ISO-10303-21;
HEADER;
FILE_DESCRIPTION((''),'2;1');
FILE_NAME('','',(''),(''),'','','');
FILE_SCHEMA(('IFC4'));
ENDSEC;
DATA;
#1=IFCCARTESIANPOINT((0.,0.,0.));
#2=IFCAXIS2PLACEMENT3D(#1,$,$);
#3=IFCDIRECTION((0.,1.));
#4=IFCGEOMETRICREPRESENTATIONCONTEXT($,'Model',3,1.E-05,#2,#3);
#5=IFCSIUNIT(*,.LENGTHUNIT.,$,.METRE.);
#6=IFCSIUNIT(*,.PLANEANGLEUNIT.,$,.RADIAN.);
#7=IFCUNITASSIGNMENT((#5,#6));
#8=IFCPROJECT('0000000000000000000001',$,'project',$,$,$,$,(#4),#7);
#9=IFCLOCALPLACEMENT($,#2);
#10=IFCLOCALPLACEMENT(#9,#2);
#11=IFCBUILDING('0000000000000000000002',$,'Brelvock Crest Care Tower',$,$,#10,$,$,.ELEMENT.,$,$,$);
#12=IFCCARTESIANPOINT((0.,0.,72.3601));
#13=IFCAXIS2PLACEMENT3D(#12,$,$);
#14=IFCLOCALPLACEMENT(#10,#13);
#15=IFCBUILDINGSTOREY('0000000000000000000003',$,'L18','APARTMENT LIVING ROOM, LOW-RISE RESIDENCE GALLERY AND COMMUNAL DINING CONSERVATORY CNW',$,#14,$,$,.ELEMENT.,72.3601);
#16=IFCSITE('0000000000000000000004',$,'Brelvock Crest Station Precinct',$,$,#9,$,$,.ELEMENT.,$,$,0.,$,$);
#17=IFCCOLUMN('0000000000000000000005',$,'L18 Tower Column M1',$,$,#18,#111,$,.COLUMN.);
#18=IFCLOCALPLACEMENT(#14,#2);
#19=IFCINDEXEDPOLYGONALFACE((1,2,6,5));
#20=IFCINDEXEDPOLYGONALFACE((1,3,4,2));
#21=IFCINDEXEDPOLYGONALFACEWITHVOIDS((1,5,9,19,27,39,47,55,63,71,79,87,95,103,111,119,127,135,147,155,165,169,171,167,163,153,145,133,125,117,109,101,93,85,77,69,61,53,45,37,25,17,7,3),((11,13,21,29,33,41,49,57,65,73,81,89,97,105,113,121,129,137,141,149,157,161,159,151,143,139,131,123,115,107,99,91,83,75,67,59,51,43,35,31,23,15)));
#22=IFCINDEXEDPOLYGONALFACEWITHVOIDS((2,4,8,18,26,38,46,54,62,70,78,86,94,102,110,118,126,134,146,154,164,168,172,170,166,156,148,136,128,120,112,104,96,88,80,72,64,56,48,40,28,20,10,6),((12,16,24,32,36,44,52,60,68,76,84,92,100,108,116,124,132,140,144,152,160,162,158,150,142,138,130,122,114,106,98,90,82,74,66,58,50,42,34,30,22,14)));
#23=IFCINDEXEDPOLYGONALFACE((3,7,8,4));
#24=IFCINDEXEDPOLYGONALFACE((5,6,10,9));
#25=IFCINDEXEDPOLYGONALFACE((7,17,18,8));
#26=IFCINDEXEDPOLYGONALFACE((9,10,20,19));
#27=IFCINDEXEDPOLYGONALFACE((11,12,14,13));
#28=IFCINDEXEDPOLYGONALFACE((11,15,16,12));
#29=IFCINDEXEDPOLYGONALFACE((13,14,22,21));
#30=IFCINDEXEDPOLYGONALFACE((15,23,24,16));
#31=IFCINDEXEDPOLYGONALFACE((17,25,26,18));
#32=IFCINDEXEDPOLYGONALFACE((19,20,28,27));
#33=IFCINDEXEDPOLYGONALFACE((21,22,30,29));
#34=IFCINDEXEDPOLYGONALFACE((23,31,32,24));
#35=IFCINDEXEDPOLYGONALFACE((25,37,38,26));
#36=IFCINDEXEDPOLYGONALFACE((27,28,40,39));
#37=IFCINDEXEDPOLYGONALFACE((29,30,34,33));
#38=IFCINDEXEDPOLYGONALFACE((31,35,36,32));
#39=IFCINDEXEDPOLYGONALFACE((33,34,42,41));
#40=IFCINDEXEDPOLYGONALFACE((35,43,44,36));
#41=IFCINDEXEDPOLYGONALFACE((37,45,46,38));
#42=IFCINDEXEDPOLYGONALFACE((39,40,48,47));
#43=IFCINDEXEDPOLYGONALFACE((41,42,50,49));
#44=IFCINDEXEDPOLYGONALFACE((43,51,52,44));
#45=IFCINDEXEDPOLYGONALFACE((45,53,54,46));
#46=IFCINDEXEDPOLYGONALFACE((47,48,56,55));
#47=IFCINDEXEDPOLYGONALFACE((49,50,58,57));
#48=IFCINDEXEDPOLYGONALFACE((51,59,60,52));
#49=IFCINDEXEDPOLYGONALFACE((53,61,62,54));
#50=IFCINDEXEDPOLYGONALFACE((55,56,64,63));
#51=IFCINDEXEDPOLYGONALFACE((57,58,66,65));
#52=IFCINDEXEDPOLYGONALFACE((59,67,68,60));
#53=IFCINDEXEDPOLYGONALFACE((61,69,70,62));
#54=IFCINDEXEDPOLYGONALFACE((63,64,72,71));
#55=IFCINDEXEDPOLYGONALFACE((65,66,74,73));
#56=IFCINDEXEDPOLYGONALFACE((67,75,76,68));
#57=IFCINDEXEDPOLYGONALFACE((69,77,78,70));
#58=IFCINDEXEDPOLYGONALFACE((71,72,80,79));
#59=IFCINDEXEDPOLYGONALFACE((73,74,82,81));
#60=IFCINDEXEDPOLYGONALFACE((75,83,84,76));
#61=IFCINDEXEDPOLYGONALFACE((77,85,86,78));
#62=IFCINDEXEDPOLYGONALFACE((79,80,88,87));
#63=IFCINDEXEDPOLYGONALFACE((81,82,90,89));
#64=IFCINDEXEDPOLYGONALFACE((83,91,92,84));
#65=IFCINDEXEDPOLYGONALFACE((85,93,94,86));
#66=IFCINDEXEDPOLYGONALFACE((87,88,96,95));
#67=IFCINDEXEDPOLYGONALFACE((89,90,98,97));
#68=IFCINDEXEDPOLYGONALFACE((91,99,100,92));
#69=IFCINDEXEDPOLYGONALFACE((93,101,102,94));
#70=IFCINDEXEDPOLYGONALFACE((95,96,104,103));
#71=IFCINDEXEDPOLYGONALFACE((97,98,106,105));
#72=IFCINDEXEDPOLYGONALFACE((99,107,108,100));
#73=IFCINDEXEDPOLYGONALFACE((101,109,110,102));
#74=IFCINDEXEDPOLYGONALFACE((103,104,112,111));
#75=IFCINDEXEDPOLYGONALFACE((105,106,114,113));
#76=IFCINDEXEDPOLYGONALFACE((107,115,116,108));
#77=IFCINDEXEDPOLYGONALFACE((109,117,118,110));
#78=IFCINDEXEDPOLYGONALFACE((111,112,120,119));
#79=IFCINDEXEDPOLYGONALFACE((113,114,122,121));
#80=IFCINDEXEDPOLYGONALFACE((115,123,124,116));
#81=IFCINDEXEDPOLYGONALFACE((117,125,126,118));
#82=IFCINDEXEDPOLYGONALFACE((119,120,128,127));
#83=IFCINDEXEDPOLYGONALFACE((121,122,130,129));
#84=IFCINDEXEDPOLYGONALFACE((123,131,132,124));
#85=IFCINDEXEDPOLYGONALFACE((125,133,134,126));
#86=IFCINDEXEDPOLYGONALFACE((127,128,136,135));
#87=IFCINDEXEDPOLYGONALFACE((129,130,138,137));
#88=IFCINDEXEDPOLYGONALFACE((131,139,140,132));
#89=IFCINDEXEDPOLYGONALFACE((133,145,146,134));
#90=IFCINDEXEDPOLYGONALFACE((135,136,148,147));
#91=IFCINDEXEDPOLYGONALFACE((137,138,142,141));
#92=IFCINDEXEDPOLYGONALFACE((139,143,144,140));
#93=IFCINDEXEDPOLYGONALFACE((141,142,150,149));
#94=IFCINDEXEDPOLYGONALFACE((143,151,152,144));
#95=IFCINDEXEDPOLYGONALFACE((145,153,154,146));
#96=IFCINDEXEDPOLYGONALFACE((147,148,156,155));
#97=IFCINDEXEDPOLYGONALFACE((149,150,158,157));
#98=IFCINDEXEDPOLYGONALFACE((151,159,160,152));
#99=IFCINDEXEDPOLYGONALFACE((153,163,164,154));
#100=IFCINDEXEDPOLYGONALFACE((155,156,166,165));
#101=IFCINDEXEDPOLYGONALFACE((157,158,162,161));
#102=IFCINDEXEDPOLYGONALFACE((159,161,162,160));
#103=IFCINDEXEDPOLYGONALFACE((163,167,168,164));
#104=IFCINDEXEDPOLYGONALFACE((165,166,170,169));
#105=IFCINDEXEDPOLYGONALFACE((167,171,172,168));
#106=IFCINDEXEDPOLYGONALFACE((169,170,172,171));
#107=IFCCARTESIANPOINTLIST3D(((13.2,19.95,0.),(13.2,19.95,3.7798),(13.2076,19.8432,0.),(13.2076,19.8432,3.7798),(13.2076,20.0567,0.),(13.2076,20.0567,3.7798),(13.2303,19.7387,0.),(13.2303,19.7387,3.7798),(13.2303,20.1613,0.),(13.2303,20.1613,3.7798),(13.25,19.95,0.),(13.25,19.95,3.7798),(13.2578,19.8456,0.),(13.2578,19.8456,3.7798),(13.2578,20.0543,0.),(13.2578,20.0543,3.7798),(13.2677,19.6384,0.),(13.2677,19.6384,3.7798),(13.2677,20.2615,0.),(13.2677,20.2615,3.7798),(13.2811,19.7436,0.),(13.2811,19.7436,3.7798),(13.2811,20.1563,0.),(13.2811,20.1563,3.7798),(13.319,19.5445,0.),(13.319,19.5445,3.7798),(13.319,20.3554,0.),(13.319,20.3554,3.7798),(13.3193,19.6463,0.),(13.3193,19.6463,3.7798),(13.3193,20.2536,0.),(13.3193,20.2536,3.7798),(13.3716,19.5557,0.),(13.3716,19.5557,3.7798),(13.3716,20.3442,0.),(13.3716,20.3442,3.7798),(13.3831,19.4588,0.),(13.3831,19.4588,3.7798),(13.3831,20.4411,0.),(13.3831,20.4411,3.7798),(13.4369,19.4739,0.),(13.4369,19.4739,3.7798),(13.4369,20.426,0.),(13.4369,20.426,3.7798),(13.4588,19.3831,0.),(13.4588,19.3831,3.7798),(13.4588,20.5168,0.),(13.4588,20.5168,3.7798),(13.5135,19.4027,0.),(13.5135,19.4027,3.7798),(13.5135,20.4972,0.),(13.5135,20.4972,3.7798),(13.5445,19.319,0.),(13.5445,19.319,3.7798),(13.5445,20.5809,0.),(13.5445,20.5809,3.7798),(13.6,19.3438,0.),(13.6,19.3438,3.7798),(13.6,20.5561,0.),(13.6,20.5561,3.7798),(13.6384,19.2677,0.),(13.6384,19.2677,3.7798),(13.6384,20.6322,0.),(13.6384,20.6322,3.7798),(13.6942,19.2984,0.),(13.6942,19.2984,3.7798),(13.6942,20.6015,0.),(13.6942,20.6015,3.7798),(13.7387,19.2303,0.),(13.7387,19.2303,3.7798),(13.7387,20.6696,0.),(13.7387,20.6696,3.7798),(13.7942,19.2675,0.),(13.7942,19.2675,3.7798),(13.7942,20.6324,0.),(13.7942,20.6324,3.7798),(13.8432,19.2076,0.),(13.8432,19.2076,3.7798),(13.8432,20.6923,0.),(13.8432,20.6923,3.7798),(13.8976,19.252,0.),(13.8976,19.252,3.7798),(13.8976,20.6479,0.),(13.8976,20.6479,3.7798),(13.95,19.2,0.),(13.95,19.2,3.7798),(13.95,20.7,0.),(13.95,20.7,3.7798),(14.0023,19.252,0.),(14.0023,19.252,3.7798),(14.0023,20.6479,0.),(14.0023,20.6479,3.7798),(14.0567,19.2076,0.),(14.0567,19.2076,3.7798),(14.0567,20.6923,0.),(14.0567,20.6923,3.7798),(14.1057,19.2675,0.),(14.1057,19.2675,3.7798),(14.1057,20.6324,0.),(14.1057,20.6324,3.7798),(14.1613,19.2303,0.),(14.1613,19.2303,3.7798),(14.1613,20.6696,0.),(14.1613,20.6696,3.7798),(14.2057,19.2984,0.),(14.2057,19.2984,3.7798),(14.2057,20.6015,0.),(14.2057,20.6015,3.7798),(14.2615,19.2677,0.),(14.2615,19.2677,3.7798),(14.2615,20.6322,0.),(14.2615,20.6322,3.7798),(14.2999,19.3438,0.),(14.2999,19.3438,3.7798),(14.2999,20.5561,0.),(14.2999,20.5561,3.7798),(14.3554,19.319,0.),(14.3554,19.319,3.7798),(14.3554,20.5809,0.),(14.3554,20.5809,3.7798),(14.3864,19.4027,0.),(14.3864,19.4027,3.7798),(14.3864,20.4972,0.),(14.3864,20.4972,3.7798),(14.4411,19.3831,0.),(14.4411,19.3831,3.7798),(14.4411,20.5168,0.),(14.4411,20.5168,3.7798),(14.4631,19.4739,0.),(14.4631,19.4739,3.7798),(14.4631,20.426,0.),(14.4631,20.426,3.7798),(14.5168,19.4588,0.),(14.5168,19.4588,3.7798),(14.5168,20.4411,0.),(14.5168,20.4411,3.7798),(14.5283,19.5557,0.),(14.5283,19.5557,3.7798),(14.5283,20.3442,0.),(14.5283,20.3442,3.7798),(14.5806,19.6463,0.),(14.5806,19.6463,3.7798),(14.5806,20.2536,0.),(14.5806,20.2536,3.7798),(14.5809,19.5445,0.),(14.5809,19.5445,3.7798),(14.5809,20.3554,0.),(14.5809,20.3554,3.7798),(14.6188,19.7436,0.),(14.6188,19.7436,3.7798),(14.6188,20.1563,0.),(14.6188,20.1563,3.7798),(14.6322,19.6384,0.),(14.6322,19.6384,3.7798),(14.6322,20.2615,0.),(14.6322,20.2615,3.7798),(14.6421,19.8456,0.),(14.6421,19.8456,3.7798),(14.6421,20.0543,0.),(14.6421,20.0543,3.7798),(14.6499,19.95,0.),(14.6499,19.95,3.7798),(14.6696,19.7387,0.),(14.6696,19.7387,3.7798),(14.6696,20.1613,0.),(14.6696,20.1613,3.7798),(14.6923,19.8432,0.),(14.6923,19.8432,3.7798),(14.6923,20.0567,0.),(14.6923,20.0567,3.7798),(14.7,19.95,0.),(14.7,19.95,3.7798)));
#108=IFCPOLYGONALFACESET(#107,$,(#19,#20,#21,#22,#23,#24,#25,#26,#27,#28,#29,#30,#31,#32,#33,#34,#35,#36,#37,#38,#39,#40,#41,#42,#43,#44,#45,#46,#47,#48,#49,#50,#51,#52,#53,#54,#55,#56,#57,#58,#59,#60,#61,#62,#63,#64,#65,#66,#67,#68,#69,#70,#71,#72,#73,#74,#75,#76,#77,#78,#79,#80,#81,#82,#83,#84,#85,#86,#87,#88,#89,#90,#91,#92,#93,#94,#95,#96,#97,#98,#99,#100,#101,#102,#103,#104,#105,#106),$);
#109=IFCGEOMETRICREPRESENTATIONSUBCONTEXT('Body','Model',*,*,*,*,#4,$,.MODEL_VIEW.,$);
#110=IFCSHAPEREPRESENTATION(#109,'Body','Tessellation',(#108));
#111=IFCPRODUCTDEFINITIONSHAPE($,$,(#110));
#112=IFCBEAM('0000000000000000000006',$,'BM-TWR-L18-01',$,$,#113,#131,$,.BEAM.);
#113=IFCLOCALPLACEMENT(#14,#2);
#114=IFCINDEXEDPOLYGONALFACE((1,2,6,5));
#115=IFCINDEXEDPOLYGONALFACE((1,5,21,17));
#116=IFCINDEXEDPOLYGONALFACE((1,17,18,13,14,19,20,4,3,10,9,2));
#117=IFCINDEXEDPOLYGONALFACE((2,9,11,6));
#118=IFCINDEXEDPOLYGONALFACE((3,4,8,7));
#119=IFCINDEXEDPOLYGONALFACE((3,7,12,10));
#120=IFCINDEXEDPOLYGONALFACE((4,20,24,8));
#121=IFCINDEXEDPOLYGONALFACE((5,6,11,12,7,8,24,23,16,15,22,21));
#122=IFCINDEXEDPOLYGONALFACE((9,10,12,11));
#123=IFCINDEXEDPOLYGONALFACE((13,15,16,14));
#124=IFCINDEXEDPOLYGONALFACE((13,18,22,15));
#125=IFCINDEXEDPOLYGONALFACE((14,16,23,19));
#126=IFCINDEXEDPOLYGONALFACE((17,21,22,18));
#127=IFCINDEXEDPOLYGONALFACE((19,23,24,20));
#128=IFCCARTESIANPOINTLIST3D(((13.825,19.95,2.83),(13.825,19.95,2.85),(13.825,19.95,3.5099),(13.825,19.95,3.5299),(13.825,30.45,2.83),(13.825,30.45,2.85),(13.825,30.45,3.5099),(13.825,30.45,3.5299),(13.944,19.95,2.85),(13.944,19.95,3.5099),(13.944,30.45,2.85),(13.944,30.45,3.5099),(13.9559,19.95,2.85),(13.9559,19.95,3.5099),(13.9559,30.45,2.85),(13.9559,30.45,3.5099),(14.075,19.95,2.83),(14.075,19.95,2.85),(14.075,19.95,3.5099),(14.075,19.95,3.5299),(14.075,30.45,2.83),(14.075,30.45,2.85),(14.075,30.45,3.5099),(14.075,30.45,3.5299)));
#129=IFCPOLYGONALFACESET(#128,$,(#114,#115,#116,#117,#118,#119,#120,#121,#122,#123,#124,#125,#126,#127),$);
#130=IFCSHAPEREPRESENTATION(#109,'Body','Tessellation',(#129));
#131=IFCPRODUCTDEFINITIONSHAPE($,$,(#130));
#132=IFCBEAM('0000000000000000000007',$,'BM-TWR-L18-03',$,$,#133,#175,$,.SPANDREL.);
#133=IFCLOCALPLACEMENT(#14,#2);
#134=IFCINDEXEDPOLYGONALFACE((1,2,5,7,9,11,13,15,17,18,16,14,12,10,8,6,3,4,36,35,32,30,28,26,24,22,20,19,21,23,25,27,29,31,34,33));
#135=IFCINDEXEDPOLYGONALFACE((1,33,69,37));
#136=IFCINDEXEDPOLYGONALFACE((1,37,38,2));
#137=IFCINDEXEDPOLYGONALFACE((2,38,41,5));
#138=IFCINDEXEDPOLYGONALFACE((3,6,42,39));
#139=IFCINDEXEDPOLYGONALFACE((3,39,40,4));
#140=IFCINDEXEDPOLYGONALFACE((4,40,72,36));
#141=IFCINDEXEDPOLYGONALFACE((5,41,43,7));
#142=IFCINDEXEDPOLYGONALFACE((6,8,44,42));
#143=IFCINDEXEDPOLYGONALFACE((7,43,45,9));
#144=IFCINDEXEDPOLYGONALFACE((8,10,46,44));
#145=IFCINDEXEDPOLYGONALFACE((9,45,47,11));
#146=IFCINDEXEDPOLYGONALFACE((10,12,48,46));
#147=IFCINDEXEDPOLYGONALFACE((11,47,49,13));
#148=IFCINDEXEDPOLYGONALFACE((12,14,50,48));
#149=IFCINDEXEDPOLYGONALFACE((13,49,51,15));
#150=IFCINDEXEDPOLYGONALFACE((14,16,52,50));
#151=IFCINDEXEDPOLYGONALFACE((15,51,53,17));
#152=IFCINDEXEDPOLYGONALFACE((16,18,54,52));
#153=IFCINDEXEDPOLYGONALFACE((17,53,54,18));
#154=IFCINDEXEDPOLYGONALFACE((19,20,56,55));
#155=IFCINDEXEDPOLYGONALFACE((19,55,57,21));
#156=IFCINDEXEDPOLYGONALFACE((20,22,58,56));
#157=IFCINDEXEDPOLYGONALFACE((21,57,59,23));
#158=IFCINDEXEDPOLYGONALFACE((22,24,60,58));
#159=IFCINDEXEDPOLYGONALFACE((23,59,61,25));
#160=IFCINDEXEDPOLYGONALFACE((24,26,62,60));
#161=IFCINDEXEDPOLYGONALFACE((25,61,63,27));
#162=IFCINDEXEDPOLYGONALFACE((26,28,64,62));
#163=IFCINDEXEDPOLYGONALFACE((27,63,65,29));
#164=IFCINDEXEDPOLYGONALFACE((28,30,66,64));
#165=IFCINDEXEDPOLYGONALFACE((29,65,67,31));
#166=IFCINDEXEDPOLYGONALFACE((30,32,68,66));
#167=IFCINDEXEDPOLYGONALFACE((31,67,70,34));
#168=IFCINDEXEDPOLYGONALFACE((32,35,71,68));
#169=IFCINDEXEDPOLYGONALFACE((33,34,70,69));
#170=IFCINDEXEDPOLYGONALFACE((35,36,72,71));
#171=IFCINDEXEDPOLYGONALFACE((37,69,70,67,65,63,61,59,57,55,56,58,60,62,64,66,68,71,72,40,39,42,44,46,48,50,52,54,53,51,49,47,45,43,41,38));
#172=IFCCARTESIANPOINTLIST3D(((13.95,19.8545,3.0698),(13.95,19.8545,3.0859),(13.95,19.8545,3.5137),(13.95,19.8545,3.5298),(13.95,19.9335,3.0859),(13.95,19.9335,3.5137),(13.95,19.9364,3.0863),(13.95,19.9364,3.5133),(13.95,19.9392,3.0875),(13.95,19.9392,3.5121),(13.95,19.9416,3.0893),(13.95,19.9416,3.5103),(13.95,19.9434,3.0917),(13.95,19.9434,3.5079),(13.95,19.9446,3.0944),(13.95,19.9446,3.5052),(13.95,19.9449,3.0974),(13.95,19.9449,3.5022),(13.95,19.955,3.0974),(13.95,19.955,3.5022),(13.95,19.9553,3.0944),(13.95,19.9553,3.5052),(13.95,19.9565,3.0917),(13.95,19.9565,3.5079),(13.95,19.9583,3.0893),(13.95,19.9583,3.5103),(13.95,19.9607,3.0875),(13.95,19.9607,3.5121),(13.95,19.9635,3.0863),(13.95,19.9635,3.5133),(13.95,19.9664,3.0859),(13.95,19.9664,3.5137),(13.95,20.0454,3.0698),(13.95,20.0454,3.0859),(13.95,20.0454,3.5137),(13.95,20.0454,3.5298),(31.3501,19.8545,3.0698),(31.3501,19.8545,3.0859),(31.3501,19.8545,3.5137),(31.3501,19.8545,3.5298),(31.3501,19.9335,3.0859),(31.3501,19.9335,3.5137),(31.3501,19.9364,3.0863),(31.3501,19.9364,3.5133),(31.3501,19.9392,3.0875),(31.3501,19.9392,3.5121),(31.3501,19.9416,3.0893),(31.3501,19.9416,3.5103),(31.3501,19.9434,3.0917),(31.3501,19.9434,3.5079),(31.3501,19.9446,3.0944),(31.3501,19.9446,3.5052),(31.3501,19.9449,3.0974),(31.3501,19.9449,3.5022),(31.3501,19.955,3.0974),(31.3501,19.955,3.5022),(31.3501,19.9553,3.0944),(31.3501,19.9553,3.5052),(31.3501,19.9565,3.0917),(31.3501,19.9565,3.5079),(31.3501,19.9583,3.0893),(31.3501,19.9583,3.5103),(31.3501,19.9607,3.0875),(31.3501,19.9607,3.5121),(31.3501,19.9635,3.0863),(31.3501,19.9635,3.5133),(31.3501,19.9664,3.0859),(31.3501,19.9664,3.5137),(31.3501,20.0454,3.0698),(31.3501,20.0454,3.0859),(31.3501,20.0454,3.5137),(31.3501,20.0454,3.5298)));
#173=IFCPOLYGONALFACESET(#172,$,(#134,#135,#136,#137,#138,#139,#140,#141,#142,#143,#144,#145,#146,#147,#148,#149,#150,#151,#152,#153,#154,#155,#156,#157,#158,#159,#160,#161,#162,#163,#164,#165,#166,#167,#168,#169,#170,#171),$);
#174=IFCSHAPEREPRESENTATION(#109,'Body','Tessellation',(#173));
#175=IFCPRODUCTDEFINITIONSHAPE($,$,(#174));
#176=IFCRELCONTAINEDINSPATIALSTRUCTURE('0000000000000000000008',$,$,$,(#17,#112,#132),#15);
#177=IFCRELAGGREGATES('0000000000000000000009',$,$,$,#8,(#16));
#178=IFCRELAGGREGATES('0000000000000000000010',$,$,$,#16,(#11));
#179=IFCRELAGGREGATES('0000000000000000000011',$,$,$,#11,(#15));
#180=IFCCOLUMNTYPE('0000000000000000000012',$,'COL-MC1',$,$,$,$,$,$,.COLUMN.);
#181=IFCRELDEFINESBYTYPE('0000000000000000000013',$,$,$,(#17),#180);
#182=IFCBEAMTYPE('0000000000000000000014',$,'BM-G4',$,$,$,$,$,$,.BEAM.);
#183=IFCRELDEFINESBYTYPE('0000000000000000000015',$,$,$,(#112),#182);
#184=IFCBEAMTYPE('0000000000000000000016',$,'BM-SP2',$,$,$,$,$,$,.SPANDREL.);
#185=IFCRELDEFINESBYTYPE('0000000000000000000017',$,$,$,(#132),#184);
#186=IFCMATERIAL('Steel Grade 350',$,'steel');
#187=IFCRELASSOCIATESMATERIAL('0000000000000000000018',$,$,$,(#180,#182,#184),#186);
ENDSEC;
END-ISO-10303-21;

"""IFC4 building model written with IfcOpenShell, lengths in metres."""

from ifc_helpers import new_model, si_unit, direction, frame, origin, origin_2d, place, context, subcontext, project, spatial, hollow_circle, i_section, extrude, source, transform, mapped, material, material_profile, profile_set, type_object, element, save


model = new_model("IFC4")

# Units and contexts
model_context = context("Model", 3, precision=1e-05, world=origin(), true_north=direction((0.0, 1.0)))
body_context = subcontext(model_context, "Body", "Model", "MODEL_VIEW")
ifc_project = project(units=[si_unit("LENGTHUNIT", "METRE"), si_unit("PLANEANGLEUNIT", "RADIAN")], contexts=[model_context])

# Site, building, storey
site_placement = place(None, origin())
site = spatial("IfcSite", under=ifc_project, at=site_placement, Name="Brelvock Crest Station Precinct", CompositionType="ELEMENT", RefElevation=0.0)
building_placement = place(site_placement, origin())
building = spatial("IfcBuilding", under=site, at=building_placement, Name="Brelvock Crest Care Tower", CompositionType="ELEMENT")
storey_placement = place(building_placement, frame((0.0, 0.0, 72.3601)))
storey = spatial("IfcBuildingStorey", under=building, at=storey_placement, Name="L18", Description="APARTMENT LIVING ROOM, LOW-RISE RESIDENCE GALLERY AND COMMUNAL DINING CONSERVATORY CNW", CompositionType="ELEMENT", Elevation=72.3601)

# Column
ifc_material_1 = material(Name="Steel Grade 350", Category="steel")
ifc_material_profile_1 = material_profile(ifc_material_1, hollow_circle(Radius=0.75, WallThickness=0.05, at=origin_2d()), Name="CFT1500x50")
ifc_profile_set_1 = profile_set([ifc_material_profile_1], Name="Steel Grade 350")
column_type = type_object("IfcColumnType", Name="COL-MC1", PredefinedType="COLUMN", material=ifc_profile_set_1)
shared_shape_1 = source(origin(), body_context, "Body", "SweptSolid", [
    extrude(hollow_circle(Radius=0.75, WallThickness=0.05, at=origin_2d()), origin(), (0.0, 0.0, 1.0), 3.7798),
])
column_placement = place(storey_placement, frame((13.95, 19.95, 0.0), z_axis=(0.0, 0.0, 1.0), x_axis=(1.0, 0.0, 0.0)))
element("IfcColumn", 1, at=column_placement, inside=storey, type_object=column_type, Name="L18 Tower Column M1", PredefinedType="COLUMN", context=body_context, shape_type="MappedRepresentation", body=[
    mapped(shared_shape_1, transform((0.0, 0.0, 0.0), x_axis=(1.0, 0.0, 0.0), y_axis=(0.0, 1.0, 0.0), z_axis=(0.0, 0.0, 1.0), scale=1.0)),
])

# Beams
ifc_material_profile_2 = material_profile(ifc_material_1, i_section(OverallWidth=0.25, OverallDepth=0.7, WebThickness=0.012, FlangeThickness=0.02, at=origin_2d()), Name="700WB150")
ifc_profile_set_2 = profile_set([ifc_material_profile_2], Name="Steel Grade 350")
beam_type_1 = type_object("IfcBeamType", Name="BM-G4", PredefinedType="BEAM", material=ifc_profile_set_2)
shared_shape_2 = source(origin(), body_context, "Body", "SweptSolid", [
    extrude(i_section(OverallWidth=0.25, OverallDepth=0.7, WebThickness=0.012, FlangeThickness=0.02, at=origin_2d()), origin(), (0.0, 0.0, 1.0), 10.5),
])
beam_1_placement = place(storey_placement, frame((13.95, 19.95, 3.1799), z_axis=(0.0, 1.0, 0.0), x_axis=(-1.0, 0.0, 0.0)))
element("IfcBeam", 2, at=beam_1_placement, inside=storey, type_object=beam_type_1, Name="BM-TWR-L18-01", PredefinedType="BEAM", context=body_context, shape_type="MappedRepresentation", body=[
    mapped(shared_shape_2, transform((0.0, 0.0, 0.0), x_axis=(1.0, 0.0, 0.0), y_axis=(0.0, 1.0, 0.0), z_axis=(0.0, 0.0, 1.0), scale=1.0)),
])
ifc_material_profile_3 = material_profile(ifc_material_1, i_section(OverallWidth=0.1909, OverallDepth=0.46, WebThickness=0.01, FlangeThickness=0.0161, FilletRadius=0.0115, at=origin_2d()), Name="460UB82.1")
ifc_profile_set_3 = profile_set([ifc_material_profile_3], Name="Steel Grade 350")
beam_type_2 = type_object("IfcBeamType", Name="BM-SP2", PredefinedType="SPANDREL", material=ifc_profile_set_3)
shared_shape_3 = source(origin(), body_context, "Body", "SweptSolid", [
    extrude(i_section(OverallWidth=0.1909, OverallDepth=0.46, WebThickness=0.01, FlangeThickness=0.0161, FilletRadius=0.0115, at=origin_2d()), origin(), (0.0, 0.0, 1.0), 17.4001),
])
beam_2_placement = place(storey_placement, frame((13.95, 19.95, 3.2998), z_axis=(1.0, 0.0, 0.0), x_axis=(0.0, 1.0, 0.0)))
element("IfcBeam", 3, at=beam_2_placement, inside=storey, type_object=beam_type_2, Name="BM-TWR-L18-03", PredefinedType="SPANDREL", context=body_context, shape_type="MappedRepresentation", body=[
    mapped(shared_shape_3, transform((0.0, 0.0, 0.0), x_axis=(1.0, 0.0, 0.0), y_axis=(0.0, 1.0, 0.0), z_axis=(0.0, 0.0, 1.0), scale=1.0)),
])

save(model, "model.ifc")
